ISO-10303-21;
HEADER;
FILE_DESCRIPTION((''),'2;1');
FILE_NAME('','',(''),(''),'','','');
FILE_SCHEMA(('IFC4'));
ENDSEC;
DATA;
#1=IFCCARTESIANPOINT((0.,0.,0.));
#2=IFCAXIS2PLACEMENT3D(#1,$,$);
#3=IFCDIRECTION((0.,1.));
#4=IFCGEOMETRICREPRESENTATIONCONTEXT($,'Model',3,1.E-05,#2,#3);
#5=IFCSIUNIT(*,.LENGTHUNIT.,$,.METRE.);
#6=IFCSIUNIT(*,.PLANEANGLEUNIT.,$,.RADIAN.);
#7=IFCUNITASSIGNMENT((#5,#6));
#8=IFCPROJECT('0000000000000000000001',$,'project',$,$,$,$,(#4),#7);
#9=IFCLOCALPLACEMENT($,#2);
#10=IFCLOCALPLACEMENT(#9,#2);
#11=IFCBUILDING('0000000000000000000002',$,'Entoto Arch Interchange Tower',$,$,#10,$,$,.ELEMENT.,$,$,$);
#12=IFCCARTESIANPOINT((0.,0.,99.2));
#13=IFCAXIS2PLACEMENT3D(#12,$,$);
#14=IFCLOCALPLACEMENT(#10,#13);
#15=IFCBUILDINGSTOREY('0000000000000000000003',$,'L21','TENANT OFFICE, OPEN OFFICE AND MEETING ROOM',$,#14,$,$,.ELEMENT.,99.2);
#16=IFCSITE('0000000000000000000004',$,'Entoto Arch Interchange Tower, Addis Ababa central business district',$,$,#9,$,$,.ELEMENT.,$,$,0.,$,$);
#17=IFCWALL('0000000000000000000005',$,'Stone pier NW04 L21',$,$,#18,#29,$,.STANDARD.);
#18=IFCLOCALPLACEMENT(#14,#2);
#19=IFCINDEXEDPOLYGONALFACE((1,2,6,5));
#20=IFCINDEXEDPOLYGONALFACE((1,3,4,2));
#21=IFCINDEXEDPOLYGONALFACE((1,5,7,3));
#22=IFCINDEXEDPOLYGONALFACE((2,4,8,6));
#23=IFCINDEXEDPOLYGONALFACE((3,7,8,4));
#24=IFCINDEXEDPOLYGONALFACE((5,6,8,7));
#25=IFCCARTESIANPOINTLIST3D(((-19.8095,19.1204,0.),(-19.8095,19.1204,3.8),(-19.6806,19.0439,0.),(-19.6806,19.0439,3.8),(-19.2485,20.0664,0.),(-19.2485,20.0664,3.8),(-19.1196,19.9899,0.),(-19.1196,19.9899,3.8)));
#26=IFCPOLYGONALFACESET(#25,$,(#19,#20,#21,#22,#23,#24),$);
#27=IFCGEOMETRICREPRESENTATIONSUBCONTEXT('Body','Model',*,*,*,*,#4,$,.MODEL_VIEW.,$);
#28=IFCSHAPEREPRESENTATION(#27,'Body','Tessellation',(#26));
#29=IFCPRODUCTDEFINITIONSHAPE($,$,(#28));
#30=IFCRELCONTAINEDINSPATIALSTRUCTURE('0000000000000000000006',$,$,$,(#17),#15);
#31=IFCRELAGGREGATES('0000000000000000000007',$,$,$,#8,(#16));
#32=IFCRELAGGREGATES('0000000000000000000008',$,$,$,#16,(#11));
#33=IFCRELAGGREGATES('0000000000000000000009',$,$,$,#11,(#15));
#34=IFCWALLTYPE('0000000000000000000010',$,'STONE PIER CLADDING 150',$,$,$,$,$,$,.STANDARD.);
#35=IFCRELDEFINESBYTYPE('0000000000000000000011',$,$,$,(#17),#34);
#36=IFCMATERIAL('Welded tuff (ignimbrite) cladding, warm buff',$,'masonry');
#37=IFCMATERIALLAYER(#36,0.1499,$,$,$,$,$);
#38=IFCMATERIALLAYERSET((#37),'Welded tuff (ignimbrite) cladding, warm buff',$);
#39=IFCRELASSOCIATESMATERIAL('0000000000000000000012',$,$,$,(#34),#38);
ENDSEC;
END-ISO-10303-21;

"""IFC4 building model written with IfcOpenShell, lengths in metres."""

from ifc_helpers import new_model, si_unit, direction, frame, frame_2d, origin, place, context, subcontext, project, spatial, rectangle, extrude, material, layer, layer_set, type_object, element, save


model = new_model("IFC4")

# Units and contexts
model_context = context("Model", 3, precision=1e-05, world=origin(), true_north=direction((0.0, 1.0)))
body_context = subcontext(model_context, "Body", "Model", "MODEL_VIEW")
ifc_project = project(units=[si_unit("LENGTHUNIT", "METRE"), si_unit("PLANEANGLEUNIT", "RADIAN")], contexts=[model_context])

# Site, building, storey
site_placement = place(None, origin())
site = spatial("IfcSite", under=ifc_project, at=site_placement, Name="Entoto Arch Interchange Tower, Addis Ababa central business district", CompositionType="ELEMENT", RefElevation=0.0)
building_placement = place(site_placement, origin())
building = spatial("IfcBuilding", under=site, at=building_placement, Name="Entoto Arch Interchange Tower", CompositionType="ELEMENT")
storey_placement = place(building_placement, frame((0.0, 0.0, 99.2)))
storey = spatial("IfcBuildingStorey", under=building, at=storey_placement, Name="L21", Description="TENANT OFFICE, OPEN OFFICE AND MEETING ROOM", CompositionType="ELEMENT", Elevation=99.2)

# Shared definitions
ifc_material_1 = material(Name="Welded tuff (ignimbrite) cladding, warm buff", Category="masonry")

# Wall
ifc_layer_1 = layer(ifc_material_1, 0.1499)
ifc_layer_set_1 = layer_set([ifc_layer_1], Name="Welded tuff (ignimbrite) cladding, warm buff")
wall_type_1 = type_object("IfcWallType", Name="STONE PIER CLADDING 150", PredefinedType="STANDARD", material=ifc_layer_set_1)
wall_1_placement = place(storey_placement, frame((-19.1841, 20.0281, 0.0), z_axis=(0.0, 0.0, 1.0), x_axis=(-0.510082, -0.860126, 0.0)))
element("IfcWall", 1, at=wall_1_placement, inside=storey, type_object=wall_type_1, Name="Stone pier NW04 L21", PredefinedType="STANDARD", context=body_context, shape_type="SweptSolid", body=[
    extrude(rectangle(XDim=1.0999, YDim=0.1499, at=frame_2d((0.5498, 0.0))), origin(), (0.0, 0.0, 1.0), 3.8),
])

save(model, "model.ifc")
